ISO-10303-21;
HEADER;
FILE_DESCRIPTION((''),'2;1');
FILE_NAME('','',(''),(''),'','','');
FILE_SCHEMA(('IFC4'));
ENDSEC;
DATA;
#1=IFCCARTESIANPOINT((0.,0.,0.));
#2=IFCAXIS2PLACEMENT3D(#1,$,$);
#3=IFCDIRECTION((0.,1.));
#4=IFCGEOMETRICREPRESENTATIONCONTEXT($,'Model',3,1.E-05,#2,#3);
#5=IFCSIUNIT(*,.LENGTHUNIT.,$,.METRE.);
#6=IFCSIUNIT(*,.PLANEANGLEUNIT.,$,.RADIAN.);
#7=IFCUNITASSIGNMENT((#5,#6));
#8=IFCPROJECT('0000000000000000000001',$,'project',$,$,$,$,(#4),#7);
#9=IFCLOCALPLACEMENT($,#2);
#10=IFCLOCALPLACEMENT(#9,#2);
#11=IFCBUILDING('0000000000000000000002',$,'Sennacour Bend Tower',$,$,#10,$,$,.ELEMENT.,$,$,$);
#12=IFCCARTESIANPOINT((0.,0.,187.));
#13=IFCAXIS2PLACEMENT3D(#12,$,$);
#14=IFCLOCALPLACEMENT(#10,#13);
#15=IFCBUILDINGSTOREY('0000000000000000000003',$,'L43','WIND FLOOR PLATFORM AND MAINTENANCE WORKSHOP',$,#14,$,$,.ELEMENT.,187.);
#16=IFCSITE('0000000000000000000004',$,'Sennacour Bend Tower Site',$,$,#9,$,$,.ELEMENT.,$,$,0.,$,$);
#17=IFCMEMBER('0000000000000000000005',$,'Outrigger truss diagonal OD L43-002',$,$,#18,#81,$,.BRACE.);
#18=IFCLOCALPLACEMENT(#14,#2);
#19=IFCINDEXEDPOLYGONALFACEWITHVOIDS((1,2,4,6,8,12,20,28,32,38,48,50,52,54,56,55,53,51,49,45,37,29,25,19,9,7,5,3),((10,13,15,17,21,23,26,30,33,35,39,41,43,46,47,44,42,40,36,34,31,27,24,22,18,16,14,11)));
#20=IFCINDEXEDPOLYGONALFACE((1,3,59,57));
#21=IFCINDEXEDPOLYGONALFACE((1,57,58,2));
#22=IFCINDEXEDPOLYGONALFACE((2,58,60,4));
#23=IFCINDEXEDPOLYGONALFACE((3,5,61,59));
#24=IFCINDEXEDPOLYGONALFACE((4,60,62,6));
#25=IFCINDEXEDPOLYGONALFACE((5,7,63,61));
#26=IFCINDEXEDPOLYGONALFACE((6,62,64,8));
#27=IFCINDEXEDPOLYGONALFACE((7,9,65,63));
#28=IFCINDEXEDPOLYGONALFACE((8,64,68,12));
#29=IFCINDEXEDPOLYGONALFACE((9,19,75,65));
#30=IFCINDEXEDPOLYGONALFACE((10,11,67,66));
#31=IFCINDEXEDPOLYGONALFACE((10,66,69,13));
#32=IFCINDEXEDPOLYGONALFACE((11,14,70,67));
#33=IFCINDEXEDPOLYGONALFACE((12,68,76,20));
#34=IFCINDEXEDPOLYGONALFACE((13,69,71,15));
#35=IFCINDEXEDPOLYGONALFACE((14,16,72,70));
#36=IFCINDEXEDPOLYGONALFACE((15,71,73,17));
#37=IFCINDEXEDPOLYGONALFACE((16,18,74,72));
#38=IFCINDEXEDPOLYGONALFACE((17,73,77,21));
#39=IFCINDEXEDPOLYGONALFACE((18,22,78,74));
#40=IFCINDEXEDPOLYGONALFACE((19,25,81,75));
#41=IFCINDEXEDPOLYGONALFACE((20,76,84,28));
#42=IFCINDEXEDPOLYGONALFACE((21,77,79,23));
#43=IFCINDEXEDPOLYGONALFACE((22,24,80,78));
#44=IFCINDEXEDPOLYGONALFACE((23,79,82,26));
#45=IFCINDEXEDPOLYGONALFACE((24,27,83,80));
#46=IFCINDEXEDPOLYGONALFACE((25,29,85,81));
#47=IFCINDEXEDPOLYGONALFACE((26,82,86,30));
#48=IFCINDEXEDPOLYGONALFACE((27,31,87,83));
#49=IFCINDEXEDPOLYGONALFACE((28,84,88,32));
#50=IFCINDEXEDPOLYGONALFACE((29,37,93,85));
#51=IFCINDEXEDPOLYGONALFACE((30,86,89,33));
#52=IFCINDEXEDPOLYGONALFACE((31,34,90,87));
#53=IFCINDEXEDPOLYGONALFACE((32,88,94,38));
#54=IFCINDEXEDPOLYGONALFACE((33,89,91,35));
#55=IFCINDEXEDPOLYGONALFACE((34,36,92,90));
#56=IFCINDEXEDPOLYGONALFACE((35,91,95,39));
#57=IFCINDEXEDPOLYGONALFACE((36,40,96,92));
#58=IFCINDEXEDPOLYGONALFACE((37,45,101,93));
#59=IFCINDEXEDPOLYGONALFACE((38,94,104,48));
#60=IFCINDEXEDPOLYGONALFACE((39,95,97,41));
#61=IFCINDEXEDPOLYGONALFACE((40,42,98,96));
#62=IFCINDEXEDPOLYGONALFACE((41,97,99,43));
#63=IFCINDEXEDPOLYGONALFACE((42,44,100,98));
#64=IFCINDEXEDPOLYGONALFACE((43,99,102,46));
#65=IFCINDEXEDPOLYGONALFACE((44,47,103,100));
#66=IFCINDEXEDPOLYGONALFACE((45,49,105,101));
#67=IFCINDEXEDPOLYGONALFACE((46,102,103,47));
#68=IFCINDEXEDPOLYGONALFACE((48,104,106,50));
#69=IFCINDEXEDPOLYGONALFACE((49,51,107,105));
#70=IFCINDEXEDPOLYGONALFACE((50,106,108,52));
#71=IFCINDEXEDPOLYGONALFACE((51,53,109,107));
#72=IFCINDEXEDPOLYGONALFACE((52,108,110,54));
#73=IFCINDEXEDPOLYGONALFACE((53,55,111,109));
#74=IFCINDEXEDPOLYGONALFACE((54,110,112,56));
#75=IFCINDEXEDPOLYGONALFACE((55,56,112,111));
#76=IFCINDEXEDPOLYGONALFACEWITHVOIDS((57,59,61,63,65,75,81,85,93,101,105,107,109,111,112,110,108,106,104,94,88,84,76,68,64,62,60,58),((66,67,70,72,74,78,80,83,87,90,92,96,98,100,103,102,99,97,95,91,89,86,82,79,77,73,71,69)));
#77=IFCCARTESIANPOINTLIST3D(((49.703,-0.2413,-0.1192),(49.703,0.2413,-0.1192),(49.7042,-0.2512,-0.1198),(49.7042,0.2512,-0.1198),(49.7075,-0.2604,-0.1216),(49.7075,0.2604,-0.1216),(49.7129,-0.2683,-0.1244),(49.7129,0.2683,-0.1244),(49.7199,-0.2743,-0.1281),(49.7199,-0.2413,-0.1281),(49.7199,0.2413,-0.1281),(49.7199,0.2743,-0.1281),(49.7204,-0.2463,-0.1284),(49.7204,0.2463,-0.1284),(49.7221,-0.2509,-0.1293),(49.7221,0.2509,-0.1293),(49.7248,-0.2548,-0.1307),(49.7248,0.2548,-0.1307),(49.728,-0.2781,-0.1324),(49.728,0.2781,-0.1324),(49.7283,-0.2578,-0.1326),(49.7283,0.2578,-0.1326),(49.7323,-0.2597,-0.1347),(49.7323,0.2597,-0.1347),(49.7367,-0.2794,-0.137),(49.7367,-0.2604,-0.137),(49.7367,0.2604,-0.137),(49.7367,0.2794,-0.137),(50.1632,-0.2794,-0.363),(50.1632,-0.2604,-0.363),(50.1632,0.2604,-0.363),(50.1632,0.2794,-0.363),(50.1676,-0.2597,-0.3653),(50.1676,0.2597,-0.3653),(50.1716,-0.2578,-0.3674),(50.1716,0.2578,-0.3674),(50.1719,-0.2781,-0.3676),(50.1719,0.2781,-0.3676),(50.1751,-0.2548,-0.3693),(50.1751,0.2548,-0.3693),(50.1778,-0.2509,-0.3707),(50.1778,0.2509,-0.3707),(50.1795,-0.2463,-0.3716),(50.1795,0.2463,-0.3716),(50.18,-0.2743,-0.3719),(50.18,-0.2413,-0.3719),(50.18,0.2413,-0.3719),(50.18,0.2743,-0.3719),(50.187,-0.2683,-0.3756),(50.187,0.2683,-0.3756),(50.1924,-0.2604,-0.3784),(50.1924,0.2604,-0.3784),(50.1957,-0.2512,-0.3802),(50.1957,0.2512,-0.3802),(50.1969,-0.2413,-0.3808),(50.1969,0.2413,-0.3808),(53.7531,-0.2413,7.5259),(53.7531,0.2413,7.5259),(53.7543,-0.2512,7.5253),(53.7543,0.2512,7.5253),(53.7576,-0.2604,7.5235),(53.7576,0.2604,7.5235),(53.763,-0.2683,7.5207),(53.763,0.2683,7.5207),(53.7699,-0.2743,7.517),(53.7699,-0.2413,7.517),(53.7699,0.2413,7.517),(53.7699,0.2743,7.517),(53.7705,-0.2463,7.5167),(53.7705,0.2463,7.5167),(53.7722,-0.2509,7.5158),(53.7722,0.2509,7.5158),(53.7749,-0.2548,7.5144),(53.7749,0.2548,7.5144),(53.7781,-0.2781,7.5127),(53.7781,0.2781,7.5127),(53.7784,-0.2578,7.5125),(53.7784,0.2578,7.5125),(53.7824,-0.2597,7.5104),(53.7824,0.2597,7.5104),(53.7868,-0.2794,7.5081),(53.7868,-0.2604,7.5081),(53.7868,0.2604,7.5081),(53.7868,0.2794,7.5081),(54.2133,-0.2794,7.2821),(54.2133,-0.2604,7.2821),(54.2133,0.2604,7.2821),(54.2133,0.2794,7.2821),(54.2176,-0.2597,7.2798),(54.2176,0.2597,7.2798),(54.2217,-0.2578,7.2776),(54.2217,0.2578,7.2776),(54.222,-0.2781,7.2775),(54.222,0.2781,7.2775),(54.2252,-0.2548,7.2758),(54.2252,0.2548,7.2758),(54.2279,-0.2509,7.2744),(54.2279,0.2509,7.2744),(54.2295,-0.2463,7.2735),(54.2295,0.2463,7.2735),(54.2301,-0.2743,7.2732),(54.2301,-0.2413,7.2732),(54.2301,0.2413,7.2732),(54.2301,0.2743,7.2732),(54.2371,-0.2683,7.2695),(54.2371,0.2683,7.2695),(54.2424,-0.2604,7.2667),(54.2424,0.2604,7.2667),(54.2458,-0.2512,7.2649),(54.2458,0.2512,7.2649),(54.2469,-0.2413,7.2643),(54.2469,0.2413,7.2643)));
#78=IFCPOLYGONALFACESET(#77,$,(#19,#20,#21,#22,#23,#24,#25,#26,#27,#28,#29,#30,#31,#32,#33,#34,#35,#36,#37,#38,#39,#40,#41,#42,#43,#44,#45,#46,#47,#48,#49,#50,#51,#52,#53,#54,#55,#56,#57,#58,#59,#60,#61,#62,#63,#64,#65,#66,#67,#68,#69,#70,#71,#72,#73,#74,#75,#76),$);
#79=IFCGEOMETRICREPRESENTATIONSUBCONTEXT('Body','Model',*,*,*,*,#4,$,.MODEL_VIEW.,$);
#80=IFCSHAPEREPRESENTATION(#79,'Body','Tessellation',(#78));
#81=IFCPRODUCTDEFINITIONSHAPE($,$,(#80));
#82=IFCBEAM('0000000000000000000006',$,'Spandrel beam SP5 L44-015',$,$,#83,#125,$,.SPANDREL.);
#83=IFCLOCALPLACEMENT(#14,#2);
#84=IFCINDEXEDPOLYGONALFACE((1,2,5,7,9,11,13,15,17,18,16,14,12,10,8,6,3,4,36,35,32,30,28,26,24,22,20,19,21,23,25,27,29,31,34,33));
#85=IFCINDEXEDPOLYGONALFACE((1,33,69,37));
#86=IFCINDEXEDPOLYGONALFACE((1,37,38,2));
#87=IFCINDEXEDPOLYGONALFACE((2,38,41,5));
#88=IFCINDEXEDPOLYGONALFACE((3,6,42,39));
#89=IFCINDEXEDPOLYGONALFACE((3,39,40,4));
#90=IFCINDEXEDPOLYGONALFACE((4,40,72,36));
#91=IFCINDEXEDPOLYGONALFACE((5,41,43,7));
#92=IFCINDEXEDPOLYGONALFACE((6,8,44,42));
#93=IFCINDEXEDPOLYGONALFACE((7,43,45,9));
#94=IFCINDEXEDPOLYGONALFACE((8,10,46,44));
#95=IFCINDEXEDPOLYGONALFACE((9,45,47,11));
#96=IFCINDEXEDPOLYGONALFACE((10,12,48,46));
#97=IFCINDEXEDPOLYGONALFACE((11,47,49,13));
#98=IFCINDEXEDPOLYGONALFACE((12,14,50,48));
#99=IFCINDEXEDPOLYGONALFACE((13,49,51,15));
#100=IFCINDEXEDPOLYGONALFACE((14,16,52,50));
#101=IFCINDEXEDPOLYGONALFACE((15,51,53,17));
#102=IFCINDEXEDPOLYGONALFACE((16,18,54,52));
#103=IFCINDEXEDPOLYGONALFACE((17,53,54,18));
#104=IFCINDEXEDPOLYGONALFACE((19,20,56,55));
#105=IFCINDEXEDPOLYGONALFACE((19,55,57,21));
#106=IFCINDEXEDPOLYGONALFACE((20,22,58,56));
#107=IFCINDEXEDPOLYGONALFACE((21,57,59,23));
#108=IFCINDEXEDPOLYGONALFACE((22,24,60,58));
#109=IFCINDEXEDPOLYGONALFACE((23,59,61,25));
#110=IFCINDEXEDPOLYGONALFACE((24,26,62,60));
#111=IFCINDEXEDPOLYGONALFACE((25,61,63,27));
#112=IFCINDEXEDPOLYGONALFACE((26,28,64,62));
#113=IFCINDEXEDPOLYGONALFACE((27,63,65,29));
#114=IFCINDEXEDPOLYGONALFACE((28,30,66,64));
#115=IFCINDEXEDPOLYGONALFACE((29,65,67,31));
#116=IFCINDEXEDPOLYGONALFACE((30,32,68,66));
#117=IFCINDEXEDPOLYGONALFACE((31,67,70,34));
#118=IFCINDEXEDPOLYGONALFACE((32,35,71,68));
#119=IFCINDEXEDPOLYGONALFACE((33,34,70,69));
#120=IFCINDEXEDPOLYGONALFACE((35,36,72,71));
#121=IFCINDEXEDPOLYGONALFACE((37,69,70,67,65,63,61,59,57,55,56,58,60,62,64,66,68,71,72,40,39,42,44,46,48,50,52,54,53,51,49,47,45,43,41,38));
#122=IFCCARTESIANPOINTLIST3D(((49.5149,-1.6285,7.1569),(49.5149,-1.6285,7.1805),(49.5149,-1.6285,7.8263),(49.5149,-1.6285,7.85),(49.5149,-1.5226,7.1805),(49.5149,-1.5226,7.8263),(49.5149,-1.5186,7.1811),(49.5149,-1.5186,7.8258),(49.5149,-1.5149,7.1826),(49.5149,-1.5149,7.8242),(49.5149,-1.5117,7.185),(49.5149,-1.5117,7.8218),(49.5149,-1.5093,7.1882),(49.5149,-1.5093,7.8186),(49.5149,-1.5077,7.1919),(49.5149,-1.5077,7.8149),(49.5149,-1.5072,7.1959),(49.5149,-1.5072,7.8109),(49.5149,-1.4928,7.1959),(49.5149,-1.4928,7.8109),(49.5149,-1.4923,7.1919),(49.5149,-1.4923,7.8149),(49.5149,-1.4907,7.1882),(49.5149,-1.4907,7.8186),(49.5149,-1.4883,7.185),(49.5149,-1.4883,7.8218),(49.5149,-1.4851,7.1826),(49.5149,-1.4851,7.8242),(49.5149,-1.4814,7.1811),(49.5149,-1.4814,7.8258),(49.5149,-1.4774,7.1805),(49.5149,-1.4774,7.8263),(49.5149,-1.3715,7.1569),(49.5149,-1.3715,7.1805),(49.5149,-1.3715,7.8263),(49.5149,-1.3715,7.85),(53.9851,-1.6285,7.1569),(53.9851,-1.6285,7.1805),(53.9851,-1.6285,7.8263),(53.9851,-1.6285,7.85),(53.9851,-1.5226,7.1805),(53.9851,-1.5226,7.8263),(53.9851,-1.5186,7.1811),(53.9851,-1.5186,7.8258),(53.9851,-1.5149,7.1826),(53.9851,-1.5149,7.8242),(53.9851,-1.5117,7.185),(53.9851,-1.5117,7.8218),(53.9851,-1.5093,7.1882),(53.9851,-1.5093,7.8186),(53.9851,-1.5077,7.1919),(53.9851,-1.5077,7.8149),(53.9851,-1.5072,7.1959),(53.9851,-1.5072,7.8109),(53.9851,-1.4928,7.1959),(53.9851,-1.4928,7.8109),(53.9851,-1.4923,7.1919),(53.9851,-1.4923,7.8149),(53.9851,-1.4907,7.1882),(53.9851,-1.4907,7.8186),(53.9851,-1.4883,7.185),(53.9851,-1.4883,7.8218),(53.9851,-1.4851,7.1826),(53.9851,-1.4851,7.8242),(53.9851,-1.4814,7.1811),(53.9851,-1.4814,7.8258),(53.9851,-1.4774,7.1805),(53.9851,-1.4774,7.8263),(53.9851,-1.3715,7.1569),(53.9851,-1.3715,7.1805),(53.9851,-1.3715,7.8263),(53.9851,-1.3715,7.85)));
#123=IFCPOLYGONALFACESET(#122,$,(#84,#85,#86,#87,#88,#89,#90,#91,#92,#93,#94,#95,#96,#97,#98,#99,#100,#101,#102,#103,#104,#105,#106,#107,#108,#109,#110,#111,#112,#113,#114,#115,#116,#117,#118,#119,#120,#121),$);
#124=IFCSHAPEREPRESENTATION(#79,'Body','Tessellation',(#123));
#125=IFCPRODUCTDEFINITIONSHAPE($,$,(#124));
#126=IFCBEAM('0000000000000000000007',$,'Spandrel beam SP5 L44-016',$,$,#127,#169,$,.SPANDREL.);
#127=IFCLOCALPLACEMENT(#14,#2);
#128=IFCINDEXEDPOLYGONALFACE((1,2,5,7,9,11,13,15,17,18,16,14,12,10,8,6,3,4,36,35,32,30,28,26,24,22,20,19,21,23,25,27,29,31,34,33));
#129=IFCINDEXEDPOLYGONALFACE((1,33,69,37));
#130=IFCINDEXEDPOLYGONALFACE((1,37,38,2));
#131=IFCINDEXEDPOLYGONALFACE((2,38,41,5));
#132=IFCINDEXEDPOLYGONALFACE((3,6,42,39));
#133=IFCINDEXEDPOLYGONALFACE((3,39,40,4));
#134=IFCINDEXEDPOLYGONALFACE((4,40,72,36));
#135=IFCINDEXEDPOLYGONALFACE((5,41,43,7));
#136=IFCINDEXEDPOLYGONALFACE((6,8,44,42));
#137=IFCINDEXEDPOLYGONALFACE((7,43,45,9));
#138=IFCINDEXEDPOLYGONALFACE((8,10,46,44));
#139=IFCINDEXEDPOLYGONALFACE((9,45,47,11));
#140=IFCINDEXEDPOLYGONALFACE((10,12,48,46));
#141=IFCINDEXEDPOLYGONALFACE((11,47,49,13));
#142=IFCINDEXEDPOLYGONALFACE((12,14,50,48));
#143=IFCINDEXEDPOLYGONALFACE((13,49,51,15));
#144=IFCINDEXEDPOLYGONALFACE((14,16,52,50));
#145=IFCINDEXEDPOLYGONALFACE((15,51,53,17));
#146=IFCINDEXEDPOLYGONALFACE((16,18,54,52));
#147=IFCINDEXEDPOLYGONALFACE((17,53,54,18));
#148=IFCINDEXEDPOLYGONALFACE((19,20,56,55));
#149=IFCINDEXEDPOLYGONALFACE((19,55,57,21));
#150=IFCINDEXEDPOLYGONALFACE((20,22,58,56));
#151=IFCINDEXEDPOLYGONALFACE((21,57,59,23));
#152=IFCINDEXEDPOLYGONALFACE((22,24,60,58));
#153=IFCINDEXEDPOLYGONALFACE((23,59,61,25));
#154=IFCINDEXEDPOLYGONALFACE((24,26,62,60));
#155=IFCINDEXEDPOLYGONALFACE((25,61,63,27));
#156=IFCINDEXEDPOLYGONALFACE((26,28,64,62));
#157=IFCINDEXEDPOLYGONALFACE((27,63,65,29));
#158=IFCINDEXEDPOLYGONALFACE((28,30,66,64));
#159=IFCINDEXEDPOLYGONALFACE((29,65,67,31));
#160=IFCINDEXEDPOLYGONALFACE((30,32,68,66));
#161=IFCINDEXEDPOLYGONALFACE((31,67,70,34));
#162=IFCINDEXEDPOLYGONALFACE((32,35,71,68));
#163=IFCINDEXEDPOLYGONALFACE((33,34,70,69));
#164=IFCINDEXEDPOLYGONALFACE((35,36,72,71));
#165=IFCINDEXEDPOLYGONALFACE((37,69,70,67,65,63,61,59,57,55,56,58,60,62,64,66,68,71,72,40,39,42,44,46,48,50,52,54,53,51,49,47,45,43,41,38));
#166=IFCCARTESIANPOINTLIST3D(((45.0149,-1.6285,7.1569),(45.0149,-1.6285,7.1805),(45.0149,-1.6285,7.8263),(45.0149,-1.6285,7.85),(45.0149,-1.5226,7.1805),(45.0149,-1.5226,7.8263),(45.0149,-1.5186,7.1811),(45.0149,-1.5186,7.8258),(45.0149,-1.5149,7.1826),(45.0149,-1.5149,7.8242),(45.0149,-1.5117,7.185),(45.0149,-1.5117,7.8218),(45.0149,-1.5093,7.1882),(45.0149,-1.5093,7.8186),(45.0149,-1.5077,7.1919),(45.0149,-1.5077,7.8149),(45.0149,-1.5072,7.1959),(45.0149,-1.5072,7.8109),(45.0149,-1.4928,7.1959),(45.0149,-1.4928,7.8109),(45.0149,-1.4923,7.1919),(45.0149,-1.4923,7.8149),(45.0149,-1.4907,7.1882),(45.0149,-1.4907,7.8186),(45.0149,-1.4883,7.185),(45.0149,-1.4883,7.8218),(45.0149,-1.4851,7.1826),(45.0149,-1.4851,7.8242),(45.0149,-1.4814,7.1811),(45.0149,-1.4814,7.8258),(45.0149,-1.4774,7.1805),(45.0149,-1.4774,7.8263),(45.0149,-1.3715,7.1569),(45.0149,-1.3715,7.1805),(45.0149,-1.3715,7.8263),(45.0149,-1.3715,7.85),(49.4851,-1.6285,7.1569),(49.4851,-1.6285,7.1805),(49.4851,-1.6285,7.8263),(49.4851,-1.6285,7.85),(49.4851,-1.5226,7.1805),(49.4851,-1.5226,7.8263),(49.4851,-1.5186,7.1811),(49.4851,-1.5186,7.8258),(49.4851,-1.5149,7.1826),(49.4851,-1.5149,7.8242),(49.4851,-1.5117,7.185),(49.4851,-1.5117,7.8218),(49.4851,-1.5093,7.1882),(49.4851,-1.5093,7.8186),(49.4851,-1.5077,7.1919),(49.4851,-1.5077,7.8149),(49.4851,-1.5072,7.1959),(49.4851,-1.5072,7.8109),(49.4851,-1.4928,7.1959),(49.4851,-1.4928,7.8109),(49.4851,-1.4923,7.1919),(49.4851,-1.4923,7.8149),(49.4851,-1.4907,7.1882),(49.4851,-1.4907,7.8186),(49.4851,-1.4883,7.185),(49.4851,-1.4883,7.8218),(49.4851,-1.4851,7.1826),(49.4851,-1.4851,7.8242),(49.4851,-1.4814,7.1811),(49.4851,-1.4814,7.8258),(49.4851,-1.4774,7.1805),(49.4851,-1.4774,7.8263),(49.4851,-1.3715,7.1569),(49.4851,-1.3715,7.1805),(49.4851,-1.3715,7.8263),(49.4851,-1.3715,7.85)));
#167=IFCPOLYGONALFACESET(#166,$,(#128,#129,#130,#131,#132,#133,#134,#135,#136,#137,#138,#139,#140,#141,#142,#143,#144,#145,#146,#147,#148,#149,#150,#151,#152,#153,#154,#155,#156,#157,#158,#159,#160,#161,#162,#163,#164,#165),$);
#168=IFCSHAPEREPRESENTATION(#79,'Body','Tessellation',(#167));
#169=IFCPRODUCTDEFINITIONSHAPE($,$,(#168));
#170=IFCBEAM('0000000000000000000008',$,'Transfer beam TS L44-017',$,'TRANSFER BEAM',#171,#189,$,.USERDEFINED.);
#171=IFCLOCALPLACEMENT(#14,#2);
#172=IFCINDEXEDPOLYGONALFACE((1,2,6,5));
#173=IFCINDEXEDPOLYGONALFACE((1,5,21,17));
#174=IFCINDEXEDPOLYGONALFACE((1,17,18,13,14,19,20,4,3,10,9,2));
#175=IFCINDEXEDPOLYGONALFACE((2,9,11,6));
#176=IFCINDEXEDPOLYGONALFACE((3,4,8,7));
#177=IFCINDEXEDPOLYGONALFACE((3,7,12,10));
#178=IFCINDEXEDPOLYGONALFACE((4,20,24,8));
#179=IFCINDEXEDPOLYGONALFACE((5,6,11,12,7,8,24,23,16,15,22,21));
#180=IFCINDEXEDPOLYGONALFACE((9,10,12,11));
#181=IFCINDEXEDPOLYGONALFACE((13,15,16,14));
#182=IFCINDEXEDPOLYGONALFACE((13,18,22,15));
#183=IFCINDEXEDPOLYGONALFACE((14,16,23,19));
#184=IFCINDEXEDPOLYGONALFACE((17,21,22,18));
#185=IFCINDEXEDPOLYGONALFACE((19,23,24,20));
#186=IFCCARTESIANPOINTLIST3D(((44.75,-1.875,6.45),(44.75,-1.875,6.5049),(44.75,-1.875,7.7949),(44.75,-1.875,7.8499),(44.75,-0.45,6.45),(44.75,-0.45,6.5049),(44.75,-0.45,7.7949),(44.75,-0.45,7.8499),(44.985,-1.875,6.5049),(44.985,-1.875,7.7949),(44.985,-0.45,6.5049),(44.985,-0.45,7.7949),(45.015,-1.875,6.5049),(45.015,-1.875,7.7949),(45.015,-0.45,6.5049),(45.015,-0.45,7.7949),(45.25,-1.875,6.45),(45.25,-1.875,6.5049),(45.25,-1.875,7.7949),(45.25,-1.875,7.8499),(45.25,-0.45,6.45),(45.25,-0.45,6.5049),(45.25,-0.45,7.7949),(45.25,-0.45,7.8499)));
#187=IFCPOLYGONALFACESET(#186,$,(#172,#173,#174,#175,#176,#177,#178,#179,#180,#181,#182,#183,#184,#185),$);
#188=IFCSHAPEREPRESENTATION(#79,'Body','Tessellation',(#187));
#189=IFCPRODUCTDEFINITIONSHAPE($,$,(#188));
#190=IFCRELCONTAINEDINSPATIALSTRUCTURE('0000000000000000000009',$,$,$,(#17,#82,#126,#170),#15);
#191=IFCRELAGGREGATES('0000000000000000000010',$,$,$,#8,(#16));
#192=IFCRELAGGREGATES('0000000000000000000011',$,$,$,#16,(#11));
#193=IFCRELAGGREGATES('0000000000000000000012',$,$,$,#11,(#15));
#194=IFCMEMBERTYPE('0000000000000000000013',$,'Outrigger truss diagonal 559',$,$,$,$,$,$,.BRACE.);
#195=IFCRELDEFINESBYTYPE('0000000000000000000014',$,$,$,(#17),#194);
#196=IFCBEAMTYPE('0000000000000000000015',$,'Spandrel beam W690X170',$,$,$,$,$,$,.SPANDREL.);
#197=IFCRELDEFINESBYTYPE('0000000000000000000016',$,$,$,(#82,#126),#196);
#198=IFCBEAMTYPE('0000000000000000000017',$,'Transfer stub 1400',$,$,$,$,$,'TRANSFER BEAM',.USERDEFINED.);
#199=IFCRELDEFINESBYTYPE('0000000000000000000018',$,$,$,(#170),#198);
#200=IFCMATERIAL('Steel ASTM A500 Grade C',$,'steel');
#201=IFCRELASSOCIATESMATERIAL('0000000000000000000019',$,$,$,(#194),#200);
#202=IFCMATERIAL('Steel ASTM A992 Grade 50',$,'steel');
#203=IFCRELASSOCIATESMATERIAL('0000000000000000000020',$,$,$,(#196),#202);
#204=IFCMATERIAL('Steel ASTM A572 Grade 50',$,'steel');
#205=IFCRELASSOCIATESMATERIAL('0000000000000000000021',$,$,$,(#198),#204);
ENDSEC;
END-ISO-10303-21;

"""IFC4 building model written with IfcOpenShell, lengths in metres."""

from ifc_helpers import new_model, si_unit, direction, frame, origin, origin_2d, place, context, subcontext, project, spatial, hollow_rectangle, i_section, extrude, material, material_profile, profile_set, type_object, element, save


model = new_model("IFC4")

# Units and contexts
model_context = context("Model", 3, precision=1e-05, world=origin(), true_north=direction((0.0, 1.0)))
body_context = subcontext(model_context, "Body", "Model", "MODEL_VIEW")
ifc_project = project(units=[si_unit("LENGTHUNIT", "METRE"), si_unit("PLANEANGLEUNIT", "RADIAN")], contexts=[model_context])

# Site, building, storey
site_placement = place(None, origin())
site = spatial("IfcSite", under=ifc_project, at=site_placement, Name="Sennacour Bend Tower Site", CompositionType="ELEMENT", RefElevation=0.0)
building_placement = place(site_placement, origin())
building = spatial("IfcBuilding", under=site, at=building_placement, Name="Sennacour Bend Tower", CompositionType="ELEMENT")
storey_placement = place(building_placement, frame((0.0, 0.0, 187.0)))
storey = spatial("IfcBuildingStorey", under=building, at=storey_placement, Name="L43", Description="WIND FLOOR PLATFORM AND MAINTENANCE WORKSHOP", CompositionType="ELEMENT", Elevation=187.0)

# Shared definitions
ifc_material_1 = material(Name="Steel ASTM A572 Grade 50", Category="steel")

# Shared definitions
ifc_material_2 = material(Name="Steel ASTM A992 Grade 50", Category="steel")
ifc_material_3 = material(Name="Steel ASTM A500 Grade C", Category="steel")

# Member
ifc_material_profile_1 = material_profile(ifc_material_3, hollow_rectangle(XDim=0.5588, YDim=0.5588, WallThickness=0.019, InnerFilletRadius=0.019, OuterFilletRadius=0.0381, at=origin_2d()), Name="Steel ASTM A500 Grade C", Category="steel")
ifc_profile_set_1 = profile_set([ifc_material_profile_1], Name="Steel ASTM A500 Grade C")
member_type_1 = type_object("IfcMemberType", Name="Outrigger truss diagonal 559", PredefinedType="BRACE", material=ifc_profile_set_1)
member_1_placement = place(storey_placement, frame((49.95, 0.0, -0.25), z_axis=(0.46813, 0.0, 0.88366), x_axis=(0.0, 1.0, 0.0)))
element("IfcMember", 1, at=member_1_placement, inside=storey, type_object=member_type_1, Name="Outrigger truss diagonal OD L43-002", PredefinedType="BRACE", context=body_context, shape_type="SweptSolid", body=[
    extrude(hollow_rectangle(XDim=0.5588, YDim=0.5588, WallThickness=0.019, InnerFilletRadius=0.019, OuterFilletRadius=0.0381, at=origin_2d()), origin(), (0.0, 0.0, 1.0), 8.6516),
])

# Beams
ifc_material_profile_2 = material_profile(ifc_material_2, i_section(OverallWidth=0.2571, OverallDepth=0.6931, WebThickness=0.0144, FlangeThickness=0.0237, FilletRadius=0.0154, at=origin_2d()), Name="Steel ASTM A992 Grade 50", Category="steel")
ifc_profile_set_2 = profile_set([ifc_material_profile_2], Name="Steel ASTM A992 Grade 50")
beam_type_1 = type_object("IfcBeamType", Name="Spandrel beam W690X170", PredefinedType="SPANDREL", material=ifc_profile_set_2)
for number, where, z_axis, x_axis, name in (
    (2, (53.9851, -1.5, 7.5034), (-1.0, 0.0, 0.0), (0.0, -1.0, 0.0), "Spandrel beam SP5 L44-015"),
    (3, (49.4851, -1.5, 7.5034), (-1.0, 0.0, 0.0), (0.0, -1.0, 0.0), "Spandrel beam SP5 L44-016"),
):
    element("IfcBeam", number, at=place(storey_placement, frame(where, z_axis=z_axis, x_axis=x_axis)), inside=storey, type_object=beam_type_1, Name=name, PredefinedType="SPANDREL", context=body_context, shape_type="SweptSolid", body=[
        extrude(i_section(OverallWidth=0.2571, OverallDepth=0.6931, WebThickness=0.0144, FlangeThickness=0.0237, FilletRadius=0.0154, at=origin_2d()), origin(), (0.0, 0.0, 1.0), 4.4702),
    ])
ifc_material_profile_3 = material_profile(ifc_material_1, i_section(OverallWidth=0.5, OverallDepth=1.3999, WebThickness=0.03, FlangeThickness=0.0549, at=origin_2d()), Name="Steel ASTM A572 Grade 50", Category="steel")
ifc_profile_set_3 = profile_set([ifc_material_profile_3], Name="Steel ASTM A572 Grade 50")
beam_type_2 = type_object("IfcBeamType", Name="Transfer stub 1400", ElementType="TRANSFER BEAM", PredefinedType="USERDEFINED", material=ifc_profile_set_3)
for number, where, z_axis, x_axis, name in (
    (4, (45.0, -0.45, 7.1499), (0.0, -1.0, 0.0), (1.0, 0.0, 0.0), "Transfer beam TS L44-017"),
):
    element("IfcBeam", number, at=place(storey_placement, frame(where, z_axis=z_axis, x_axis=x_axis)), inside=storey, type_object=beam_type_2, Name=name, ObjectType="TRANSFER BEAM", PredefinedType="USERDEFINED", context=body_context, shape_type="SweptSolid", body=[
        extrude(i_section(OverallWidth=0.5, OverallDepth=1.3999, WebThickness=0.03, FlangeThickness=0.0549, at=origin_2d()), origin(), (0.0, 0.0, 1.0), 1.425),
    ])

save(model, "model.ifc")
